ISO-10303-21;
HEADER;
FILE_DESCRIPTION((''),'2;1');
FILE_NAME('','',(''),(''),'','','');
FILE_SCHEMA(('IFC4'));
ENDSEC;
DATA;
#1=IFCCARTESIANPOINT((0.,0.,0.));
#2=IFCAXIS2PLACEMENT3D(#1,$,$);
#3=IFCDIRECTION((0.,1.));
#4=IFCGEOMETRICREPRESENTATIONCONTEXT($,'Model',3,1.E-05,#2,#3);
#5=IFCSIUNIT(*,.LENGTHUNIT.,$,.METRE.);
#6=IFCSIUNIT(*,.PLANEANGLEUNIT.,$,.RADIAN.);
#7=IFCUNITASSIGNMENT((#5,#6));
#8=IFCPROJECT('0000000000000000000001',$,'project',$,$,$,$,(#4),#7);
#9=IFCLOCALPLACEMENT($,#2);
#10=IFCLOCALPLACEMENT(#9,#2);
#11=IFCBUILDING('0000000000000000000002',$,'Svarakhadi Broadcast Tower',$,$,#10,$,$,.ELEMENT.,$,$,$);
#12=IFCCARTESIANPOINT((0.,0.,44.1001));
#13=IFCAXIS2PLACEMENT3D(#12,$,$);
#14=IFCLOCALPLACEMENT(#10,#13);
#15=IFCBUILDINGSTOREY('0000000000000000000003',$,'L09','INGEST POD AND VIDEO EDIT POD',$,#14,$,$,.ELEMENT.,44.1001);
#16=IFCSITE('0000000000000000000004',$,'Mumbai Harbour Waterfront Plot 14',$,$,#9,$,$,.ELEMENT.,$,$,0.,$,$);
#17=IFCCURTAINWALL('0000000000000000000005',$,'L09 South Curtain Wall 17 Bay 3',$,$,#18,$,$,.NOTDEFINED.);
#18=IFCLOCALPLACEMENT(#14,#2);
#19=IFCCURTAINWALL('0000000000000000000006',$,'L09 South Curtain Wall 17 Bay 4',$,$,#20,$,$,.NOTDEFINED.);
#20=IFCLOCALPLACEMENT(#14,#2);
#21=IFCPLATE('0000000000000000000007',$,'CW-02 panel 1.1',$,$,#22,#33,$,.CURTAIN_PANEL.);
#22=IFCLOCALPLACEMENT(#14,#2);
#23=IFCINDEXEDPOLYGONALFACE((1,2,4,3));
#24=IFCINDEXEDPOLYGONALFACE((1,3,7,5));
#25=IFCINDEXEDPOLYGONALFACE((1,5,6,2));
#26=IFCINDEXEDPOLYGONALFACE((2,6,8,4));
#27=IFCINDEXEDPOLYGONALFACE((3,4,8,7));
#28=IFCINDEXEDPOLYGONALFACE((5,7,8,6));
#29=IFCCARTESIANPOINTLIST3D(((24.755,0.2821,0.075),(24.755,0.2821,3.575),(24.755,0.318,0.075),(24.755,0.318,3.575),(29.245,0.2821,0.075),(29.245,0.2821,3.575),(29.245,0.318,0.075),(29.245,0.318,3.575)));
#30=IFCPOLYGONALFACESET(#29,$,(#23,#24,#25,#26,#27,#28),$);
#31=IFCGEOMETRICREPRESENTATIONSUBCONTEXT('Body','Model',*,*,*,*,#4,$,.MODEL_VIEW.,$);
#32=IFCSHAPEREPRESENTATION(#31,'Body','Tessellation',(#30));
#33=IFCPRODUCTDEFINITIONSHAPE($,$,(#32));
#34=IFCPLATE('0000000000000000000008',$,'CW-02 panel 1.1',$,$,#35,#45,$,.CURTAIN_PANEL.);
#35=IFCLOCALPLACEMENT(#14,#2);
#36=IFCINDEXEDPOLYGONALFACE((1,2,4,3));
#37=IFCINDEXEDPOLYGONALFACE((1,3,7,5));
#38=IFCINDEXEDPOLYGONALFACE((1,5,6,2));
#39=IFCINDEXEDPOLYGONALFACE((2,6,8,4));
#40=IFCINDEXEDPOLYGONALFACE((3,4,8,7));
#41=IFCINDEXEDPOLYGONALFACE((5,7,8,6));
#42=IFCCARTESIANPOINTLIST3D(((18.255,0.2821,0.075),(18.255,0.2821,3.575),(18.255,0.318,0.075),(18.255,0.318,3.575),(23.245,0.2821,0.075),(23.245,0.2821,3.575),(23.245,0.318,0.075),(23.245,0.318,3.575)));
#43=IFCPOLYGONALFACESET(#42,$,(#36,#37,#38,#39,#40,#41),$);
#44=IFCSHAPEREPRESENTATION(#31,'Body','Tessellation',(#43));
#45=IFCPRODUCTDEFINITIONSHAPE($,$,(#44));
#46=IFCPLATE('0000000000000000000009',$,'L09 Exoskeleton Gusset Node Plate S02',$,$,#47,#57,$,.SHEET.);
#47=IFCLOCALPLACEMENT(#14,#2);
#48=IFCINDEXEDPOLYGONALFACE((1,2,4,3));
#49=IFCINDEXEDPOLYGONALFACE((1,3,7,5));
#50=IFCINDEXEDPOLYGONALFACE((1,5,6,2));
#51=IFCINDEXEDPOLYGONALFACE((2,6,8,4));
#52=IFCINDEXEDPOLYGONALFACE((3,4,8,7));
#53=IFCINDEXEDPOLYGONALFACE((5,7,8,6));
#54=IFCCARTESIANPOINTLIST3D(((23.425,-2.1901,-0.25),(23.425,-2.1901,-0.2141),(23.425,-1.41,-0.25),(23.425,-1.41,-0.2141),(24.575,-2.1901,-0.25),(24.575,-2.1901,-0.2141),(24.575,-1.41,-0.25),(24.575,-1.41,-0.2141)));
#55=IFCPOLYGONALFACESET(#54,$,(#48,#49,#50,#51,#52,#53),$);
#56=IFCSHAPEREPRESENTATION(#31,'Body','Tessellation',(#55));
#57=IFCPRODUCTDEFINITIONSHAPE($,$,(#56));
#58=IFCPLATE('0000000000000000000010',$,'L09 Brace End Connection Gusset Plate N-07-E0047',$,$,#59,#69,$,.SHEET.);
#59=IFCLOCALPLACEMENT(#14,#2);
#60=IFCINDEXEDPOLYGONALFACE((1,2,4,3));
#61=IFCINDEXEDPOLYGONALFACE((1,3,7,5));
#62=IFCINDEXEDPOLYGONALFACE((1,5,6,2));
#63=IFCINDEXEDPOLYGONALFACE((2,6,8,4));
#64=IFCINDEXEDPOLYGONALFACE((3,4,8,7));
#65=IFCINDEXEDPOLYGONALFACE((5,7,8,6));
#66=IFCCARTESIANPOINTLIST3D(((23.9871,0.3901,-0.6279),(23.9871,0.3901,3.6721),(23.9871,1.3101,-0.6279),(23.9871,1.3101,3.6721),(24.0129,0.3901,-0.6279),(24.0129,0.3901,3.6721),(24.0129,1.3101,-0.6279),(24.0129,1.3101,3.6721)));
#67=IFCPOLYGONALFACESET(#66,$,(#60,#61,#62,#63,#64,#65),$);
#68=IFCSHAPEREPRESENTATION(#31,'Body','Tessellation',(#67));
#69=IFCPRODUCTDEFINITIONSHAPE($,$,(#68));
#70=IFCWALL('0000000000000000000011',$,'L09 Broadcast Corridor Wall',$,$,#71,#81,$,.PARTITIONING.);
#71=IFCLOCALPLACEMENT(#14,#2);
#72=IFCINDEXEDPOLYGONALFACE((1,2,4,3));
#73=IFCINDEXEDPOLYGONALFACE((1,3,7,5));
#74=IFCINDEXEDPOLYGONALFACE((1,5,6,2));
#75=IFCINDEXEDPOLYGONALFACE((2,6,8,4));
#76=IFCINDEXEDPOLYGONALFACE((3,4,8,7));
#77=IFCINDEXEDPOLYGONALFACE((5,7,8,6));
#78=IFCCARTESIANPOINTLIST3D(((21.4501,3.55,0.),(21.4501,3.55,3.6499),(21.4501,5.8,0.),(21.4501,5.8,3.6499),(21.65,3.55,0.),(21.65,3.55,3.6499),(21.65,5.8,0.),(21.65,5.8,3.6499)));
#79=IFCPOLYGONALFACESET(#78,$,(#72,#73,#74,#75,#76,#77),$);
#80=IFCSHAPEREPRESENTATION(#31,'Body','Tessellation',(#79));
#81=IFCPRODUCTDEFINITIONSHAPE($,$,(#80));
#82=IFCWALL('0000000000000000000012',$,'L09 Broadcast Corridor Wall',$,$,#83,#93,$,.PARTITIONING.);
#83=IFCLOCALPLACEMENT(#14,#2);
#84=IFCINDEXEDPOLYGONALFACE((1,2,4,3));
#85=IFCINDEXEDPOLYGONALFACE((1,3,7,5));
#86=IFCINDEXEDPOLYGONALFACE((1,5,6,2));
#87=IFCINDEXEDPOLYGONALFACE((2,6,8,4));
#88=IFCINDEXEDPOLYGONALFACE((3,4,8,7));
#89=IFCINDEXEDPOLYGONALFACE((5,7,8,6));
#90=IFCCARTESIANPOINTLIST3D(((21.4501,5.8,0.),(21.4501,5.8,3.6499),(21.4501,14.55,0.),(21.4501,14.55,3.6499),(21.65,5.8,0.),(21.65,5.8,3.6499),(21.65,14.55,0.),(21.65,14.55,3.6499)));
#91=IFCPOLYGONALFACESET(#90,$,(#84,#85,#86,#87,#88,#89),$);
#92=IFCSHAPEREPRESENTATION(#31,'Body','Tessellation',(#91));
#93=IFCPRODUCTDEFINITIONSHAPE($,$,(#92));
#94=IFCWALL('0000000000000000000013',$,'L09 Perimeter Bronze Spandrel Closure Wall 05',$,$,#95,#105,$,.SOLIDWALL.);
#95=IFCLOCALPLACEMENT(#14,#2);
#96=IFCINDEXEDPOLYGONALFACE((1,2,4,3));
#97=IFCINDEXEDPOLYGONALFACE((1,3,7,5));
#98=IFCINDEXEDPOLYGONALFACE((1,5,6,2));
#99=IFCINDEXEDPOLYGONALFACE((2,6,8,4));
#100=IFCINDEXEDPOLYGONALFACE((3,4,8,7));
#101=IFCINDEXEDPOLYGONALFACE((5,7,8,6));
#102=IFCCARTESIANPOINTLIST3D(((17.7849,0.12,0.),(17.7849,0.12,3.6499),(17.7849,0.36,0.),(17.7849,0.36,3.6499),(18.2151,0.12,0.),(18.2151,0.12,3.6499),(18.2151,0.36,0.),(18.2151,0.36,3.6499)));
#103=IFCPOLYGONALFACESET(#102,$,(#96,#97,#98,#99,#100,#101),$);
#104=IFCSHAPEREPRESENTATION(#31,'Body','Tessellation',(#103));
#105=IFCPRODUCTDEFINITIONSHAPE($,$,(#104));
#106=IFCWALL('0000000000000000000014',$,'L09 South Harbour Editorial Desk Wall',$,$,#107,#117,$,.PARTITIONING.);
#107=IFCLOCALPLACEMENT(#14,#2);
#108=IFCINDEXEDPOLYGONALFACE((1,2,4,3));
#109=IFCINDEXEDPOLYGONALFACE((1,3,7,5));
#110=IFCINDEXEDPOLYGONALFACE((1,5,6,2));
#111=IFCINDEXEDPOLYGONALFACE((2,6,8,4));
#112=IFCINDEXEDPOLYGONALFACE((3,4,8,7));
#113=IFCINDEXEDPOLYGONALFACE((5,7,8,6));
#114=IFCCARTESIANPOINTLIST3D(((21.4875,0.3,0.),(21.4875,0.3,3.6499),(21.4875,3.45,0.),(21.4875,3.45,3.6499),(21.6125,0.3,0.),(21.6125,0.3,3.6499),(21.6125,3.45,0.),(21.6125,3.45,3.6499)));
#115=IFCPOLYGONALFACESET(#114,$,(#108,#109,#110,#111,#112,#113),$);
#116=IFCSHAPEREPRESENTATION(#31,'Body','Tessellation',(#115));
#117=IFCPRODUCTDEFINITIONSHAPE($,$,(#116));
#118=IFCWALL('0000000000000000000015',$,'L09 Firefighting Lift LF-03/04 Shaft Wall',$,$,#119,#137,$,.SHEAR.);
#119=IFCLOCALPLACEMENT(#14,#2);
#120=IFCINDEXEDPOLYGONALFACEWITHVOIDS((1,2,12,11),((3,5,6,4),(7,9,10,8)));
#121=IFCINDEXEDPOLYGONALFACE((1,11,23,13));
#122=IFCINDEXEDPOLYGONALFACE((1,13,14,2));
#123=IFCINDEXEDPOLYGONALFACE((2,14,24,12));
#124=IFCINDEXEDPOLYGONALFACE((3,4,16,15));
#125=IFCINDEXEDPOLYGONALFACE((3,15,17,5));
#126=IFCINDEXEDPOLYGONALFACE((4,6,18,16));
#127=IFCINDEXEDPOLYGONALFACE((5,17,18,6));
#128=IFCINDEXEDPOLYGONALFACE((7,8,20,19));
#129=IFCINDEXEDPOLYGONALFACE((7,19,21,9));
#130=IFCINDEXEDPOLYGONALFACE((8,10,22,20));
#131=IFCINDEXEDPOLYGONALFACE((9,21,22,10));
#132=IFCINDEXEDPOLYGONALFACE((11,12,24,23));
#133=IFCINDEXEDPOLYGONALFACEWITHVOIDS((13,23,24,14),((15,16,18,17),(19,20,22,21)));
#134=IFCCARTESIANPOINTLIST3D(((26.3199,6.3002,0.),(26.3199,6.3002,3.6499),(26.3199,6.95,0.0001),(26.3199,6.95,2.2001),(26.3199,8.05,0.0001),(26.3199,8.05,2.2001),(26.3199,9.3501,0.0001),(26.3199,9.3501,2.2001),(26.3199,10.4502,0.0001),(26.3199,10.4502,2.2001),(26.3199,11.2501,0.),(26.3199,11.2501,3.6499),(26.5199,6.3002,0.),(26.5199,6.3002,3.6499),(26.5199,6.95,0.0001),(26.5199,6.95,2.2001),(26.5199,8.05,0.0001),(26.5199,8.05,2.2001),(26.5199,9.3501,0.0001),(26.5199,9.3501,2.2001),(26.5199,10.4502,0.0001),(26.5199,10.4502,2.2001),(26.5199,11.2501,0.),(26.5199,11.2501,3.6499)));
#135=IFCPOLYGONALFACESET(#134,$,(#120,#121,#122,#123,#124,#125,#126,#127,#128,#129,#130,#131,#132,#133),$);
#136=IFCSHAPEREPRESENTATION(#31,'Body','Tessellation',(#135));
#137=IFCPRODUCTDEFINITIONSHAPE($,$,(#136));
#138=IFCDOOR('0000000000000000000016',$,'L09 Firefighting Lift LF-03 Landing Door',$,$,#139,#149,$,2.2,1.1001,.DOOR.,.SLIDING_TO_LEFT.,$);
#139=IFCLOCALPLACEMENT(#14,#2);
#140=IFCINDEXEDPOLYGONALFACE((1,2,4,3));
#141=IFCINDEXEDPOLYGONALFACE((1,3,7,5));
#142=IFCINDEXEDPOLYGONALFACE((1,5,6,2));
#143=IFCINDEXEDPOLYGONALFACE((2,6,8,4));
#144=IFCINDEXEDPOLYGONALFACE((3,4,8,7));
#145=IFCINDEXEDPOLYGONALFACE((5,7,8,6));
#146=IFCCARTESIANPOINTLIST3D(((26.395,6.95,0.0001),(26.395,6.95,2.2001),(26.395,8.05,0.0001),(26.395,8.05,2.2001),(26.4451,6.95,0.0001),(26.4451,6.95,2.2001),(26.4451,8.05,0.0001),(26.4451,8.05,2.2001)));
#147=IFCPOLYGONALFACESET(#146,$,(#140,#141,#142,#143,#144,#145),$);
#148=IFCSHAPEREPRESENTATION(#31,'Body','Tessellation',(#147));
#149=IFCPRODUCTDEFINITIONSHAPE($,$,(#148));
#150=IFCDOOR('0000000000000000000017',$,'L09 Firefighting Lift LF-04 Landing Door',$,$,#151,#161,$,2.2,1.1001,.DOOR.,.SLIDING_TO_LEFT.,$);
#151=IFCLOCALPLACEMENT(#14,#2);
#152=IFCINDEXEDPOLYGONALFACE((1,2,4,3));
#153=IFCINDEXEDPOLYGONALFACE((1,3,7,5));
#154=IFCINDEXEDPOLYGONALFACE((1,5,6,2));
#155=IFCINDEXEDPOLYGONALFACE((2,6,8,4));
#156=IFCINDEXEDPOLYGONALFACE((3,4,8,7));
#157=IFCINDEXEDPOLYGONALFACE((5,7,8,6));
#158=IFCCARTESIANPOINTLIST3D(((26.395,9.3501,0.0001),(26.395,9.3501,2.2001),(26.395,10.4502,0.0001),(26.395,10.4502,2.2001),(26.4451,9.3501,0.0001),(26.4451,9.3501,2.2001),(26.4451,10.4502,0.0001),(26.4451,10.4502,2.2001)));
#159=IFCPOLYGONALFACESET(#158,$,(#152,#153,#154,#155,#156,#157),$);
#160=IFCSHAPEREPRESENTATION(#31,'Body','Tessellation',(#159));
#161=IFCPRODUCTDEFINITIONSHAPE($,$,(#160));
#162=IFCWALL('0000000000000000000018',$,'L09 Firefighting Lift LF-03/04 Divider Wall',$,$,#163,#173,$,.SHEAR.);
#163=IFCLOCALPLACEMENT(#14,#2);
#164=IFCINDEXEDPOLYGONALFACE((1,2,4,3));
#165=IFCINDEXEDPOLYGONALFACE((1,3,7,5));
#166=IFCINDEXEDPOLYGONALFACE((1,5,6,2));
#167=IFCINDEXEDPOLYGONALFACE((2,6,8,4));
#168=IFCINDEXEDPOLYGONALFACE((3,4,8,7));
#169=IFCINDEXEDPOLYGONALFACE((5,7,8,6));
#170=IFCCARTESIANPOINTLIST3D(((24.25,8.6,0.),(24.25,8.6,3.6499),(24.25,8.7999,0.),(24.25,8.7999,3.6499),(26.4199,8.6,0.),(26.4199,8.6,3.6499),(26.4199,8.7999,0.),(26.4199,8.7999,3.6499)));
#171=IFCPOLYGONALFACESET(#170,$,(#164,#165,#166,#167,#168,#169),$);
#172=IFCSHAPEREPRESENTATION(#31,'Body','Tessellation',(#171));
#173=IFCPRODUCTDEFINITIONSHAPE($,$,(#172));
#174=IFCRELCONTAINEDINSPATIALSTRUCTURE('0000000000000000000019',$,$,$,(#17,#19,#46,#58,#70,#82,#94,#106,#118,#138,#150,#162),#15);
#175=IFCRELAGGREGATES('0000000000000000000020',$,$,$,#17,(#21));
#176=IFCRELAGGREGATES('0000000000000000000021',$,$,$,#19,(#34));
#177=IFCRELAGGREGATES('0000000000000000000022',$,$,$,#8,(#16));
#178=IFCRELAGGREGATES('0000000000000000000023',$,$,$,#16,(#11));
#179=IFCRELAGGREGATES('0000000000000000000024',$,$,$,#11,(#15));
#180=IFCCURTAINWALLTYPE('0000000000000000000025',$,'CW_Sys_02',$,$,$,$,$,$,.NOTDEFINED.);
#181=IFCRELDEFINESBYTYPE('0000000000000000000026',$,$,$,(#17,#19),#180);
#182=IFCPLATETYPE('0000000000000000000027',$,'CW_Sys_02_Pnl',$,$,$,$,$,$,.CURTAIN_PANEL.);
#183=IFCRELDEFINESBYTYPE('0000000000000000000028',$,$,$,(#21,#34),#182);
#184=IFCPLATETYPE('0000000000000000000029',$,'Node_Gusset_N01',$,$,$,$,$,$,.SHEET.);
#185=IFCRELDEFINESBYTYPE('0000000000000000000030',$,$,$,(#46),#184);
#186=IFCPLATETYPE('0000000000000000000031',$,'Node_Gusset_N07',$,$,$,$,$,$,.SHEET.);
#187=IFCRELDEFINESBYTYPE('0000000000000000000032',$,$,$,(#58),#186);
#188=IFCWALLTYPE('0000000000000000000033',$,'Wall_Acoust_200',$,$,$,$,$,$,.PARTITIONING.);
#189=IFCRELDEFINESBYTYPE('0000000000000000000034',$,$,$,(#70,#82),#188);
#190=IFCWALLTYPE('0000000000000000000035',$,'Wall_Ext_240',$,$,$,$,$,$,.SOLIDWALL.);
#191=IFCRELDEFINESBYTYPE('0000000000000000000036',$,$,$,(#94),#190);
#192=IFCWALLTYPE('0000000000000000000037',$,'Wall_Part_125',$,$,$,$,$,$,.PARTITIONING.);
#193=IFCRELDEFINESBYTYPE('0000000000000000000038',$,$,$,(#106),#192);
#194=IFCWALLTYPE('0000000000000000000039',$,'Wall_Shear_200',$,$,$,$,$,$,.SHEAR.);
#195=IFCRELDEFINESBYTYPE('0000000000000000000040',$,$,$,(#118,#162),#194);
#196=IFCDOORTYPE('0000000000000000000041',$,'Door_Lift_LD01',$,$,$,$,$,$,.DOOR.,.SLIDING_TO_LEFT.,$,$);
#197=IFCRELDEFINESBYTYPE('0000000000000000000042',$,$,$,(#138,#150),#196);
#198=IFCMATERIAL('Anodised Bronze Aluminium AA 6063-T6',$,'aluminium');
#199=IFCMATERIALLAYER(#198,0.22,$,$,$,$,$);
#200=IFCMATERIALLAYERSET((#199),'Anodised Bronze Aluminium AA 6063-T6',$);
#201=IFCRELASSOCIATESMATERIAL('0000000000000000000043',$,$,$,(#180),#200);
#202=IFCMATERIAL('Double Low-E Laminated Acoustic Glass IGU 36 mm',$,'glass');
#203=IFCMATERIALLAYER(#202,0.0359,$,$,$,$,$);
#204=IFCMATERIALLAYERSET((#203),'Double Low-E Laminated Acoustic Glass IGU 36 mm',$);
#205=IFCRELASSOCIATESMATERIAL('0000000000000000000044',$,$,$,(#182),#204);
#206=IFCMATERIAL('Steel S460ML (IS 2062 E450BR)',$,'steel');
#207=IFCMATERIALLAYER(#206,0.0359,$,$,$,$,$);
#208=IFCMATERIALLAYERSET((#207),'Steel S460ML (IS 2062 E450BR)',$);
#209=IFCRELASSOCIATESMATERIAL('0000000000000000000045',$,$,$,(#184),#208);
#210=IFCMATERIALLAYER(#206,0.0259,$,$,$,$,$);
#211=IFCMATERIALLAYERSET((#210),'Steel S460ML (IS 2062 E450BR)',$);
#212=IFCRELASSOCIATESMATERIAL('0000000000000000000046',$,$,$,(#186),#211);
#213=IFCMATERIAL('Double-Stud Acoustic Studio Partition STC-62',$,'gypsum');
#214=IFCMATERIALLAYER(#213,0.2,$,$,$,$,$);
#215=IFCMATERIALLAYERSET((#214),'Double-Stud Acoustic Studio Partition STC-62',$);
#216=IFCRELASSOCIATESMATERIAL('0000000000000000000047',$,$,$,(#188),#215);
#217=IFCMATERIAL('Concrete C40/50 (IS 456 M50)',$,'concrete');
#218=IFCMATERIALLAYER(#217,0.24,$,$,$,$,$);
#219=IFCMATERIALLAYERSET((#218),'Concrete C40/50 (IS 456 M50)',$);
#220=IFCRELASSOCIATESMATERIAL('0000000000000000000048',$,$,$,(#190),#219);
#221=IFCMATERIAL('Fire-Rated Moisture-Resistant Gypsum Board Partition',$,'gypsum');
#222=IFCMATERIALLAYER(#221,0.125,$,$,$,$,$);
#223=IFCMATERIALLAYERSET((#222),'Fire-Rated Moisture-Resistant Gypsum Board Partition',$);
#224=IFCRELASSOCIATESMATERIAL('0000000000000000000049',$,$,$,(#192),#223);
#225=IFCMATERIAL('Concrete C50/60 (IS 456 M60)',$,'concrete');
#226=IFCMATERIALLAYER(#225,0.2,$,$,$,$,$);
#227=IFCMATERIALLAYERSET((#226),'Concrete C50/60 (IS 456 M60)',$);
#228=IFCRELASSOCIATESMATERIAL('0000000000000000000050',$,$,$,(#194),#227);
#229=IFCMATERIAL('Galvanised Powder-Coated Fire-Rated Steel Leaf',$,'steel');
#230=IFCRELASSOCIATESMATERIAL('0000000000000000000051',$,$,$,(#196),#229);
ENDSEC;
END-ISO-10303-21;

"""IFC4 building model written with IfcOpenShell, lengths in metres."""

from ifc_helpers import new_model, si_unit, direction, frame, frame_2d, origin, origin_2d, place, context, subcontext, project, spatial, rectangle, extrude, material, layer, layer_set, type_object, element, fill, aggregate, save


model = new_model("IFC4")

# Units and contexts
model_context = context("Model", 3, precision=1e-05, world=origin(), true_north=direction((0.0, 1.0)))
body_context = subcontext(model_context, "Body", "Model", "MODEL_VIEW")
ifc_project = project(units=[si_unit("LENGTHUNIT", "METRE"), si_unit("PLANEANGLEUNIT", "RADIAN")], contexts=[model_context])

# Site, building, storey
site_placement = place(None, origin())
site = spatial("IfcSite", under=ifc_project, at=site_placement, Name="Mumbai Harbour Waterfront Plot 14", CompositionType="ELEMENT", RefElevation=0.0)
building_placement = place(site_placement, origin())
building = spatial("IfcBuilding", under=site, at=building_placement, Name="Svarakhadi Broadcast Tower", CompositionType="ELEMENT")
storey_placement = place(building_placement, frame((0.0, 0.0, 44.1001)))
storey = spatial("IfcBuildingStorey", under=building, at=storey_placement, Name="L09", Description="INGEST POD AND VIDEO EDIT POD", CompositionType="ELEMENT", Elevation=44.1001)

# Curtain wall
ifc_material_1 = material(Name="Anodised Bronze Aluminium AA 6063-T6", Category="aluminium")
ifc_layer_1 = layer(ifc_material_1, 0.22)
ifc_layer_set_1 = layer_set([ifc_layer_1], Name="Anodised Bronze Aluminium AA 6063-T6")
curtain_wall_type = type_object("IfcCurtainWallType", Name="CW_Sys_02", PredefinedType="NOTDEFINED", material=ifc_layer_set_1)
curtain_wall_1_placement = place(storey_placement, origin())
curtain_wall_1 = element("IfcCurtainWall", 1, at=curtain_wall_1_placement, inside=storey, type_object=curtain_wall_type, Name="L09 South Curtain Wall 17 Bay 3", PredefinedType="NOTDEFINED")

# Curtain wall
curtain_wall_2_placement = place(storey_placement, origin())
curtain_wall_2 = element("IfcCurtainWall", 2, at=curtain_wall_2_placement, inside=storey, type_object=curtain_wall_type, Name="L09 South Curtain Wall 17 Bay 4", PredefinedType="NOTDEFINED")

# Shared definitions
ifc_material_2 = material(Name="Steel S460ML (IS 2062 E450BR)", Category="steel")

# Plates
ifc_material_3 = material(Name="Double Low-E Laminated Acoustic Glass IGU 36 mm", Category="glass")
ifc_layer_2 = layer(ifc_material_3, 0.0359)
ifc_layer_set_2 = layer_set([ifc_layer_2], Name="Double Low-E Laminated Acoustic Glass IGU 36 mm")
plate_type_1 = type_object("IfcPlateType", Name="CW_Sys_02_Pnl", PredefinedType="CURTAIN_PANEL", material=ifc_layer_set_2)
plate_1_placement = place(storey_placement, frame((27.0, 0.3, 0.075), z_axis=(0.0, 0.0, 1.0), x_axis=(-1.0, 0.0, 0.0)))
plate_1 = element("IfcPlate", 3, at=plate_1_placement, type_object=plate_type_1, Name="CW-02 panel 1.1", PredefinedType="CURTAIN_PANEL", context=body_context, shape_type="SweptSolid", body=[
    extrude(rectangle(XDim=4.49, YDim=0.0359, at=origin_2d()), origin(), (0.0, 0.0, 1.0), 3.5),
])
aggregate(curtain_wall_1, [plate_1])
plate_2_placement = place(storey_placement, frame((20.75, 0.3, 0.075), z_axis=(0.0, 0.0, 1.0), x_axis=(-1.0, 0.0, 0.0)))
plate_2 = element("IfcPlate", 4, at=plate_2_placement, type_object=plate_type_1, Name="CW-02 panel 1.1", PredefinedType="CURTAIN_PANEL", context=body_context, shape_type="SweptSolid", body=[
    extrude(rectangle(XDim=4.99, YDim=0.0359, at=origin_2d()), origin(), (0.0, 0.0, 1.0), 3.5),
])
aggregate(curtain_wall_2, [plate_2])

# Plates
ifc_layer_3 = layer(ifc_material_2, 0.0359)
ifc_layer_set_3 = layer_set([ifc_layer_3], Name="Steel S460ML (IS 2062 E450BR)")
plate_type_2 = type_object("IfcPlateType", Name="Node_Gusset_N01", PredefinedType="SHEET", material=ifc_layer_set_3)
plate_3_placement = place(storey_placement, frame((24.0, -1.8, -0.25), z_axis=(0.0, 0.0, 1.0), x_axis=(1.0, 0.0, 0.0)))
element("IfcPlate", 5, at=plate_3_placement, inside=storey, type_object=plate_type_2, Name="L09 Exoskeleton Gusset Node Plate S02", PredefinedType="SHEET", context=body_context, shape_type="SweptSolid", body=[
    extrude(rectangle(XDim=1.1499, YDim=0.78, at=origin_2d()), origin(), (0.0, 0.0, 1.0), 0.0359),
])
ifc_layer_4 = layer(ifc_material_2, 0.0259)
ifc_layer_set_4 = layer_set([ifc_layer_4], Name="Steel S460ML (IS 2062 E450BR)")
plate_type_3 = type_object("IfcPlateType", Name="Node_Gusset_N07", PredefinedType="SHEET", material=ifc_layer_set_4)
plate_4_placement = place(storey_placement, frame((24.0, 0.8501, -0.6279), z_axis=(0.0, 0.0, 1.0), x_axis=(0.0, 1.0, 0.0)))
element("IfcPlate", 6, at=plate_4_placement, inside=storey, type_object=plate_type_3, Name="L09 Brace End Connection Gusset Plate N-07-E0047", PredefinedType="SHEET", context=body_context, shape_type="SweptSolid", body=[
    extrude(rectangle(XDim=0.9199, YDim=0.0259, at=origin_2d()), origin(), (0.0, 0.0, 1.0), 4.3),
])

# Walls
ifc_material_4 = material(Name="Double-Stud Acoustic Studio Partition STC-62", Category="gypsum")
ifc_layer_5 = layer(ifc_material_4, 0.2)
ifc_layer_set_5 = layer_set([ifc_layer_5], Name="Double-Stud Acoustic Studio Partition STC-62")
wall_type_1 = type_object("IfcWallType", Name="Wall_Acoust_200", PredefinedType="PARTITIONING", material=ifc_layer_set_5)
wall_1_placement = place(storey_placement, frame((21.55, 3.55, 0.0), z_axis=(0.0, 0.0, 1.0), x_axis=(0.0, 1.0, 0.0)))
element("IfcWall", 7, at=wall_1_placement, inside=storey, type_object=wall_type_1, Name="L09 Broadcast Corridor Wall", PredefinedType="PARTITIONING", context=body_context, shape_type="SweptSolid", body=[
    extrude(rectangle(XDim=2.25, YDim=0.2, at=frame_2d((1.125, 0.0))), origin(), (0.0, 0.0, 1.0), 3.6499),
])
wall_2_placement = place(storey_placement, frame((21.55, 5.8, 0.0), z_axis=(0.0, 0.0, 1.0), x_axis=(0.0, 1.0, 0.0)))
element("IfcWall", 8, at=wall_2_placement, inside=storey, type_object=wall_type_1, Name="L09 Broadcast Corridor Wall", PredefinedType="PARTITIONING", context=body_context, shape_type="SweptSolid", body=[
    extrude(rectangle(XDim=8.75, YDim=0.2, at=frame_2d((4.375, 0.0))), origin(), (0.0, 0.0, 1.0), 3.6499),
])
ifc_material_5 = material(Name="Concrete C40/50 (IS 456 M50)", Category="concrete")
ifc_layer_6 = layer(ifc_material_5, 0.24)
ifc_layer_set_6 = layer_set([ifc_layer_6], Name="Concrete C40/50 (IS 456 M50)")
wall_type_2 = type_object("IfcWallType", Name="Wall_Ext_240", PredefinedType="SOLIDWALL", material=ifc_layer_set_6)
wall_3_placement = place(storey_placement, frame((18.2151, 0.24, 0.0), z_axis=(0.0, 0.0, 1.0), x_axis=(-1.0, 0.0, 0.0)))
element("IfcWall", 9, at=wall_3_placement, inside=storey, type_object=wall_type_2, Name="L09 Perimeter Bronze Spandrel Closure Wall 05", PredefinedType="SOLIDWALL", context=body_context, shape_type="SweptSolid", body=[
    extrude(rectangle(XDim=0.4302, YDim=0.24, at=frame_2d((0.2151, 0.0))), origin(), (0.0, 0.0, 1.0), 3.6499),
])
ifc_material_6 = material(Name="Fire-Rated Moisture-Resistant Gypsum Board Partition", Category="gypsum")
ifc_layer_7 = layer(ifc_material_6, 0.125)
ifc_layer_set_7 = layer_set([ifc_layer_7], Name="Fire-Rated Moisture-Resistant Gypsum Board Partition")
wall_type_3 = type_object("IfcWallType", Name="Wall_Part_125", PredefinedType="PARTITIONING", material=ifc_layer_set_7)
wall_4_placement = place(storey_placement, frame((21.55, 0.3, 0.0), z_axis=(0.0, 0.0, 1.0), x_axis=(0.0, 1.0, 0.0)))
element("IfcWall", 10, at=wall_4_placement, inside=storey, type_object=wall_type_3, Name="L09 South Harbour Editorial Desk Wall", PredefinedType="PARTITIONING", context=body_context, shape_type="SweptSolid", body=[
    extrude(rectangle(XDim=3.1499, YDim=0.125, at=frame_2d((1.575, 0.0))), origin(), (0.0, 0.0, 1.0), 3.6499),
])

# Wall, openings, doors
ifc_material_7 = material(Name="Concrete C50/60 (IS 456 M60)", Category="concrete")
ifc_layer_8 = layer(ifc_material_7, 0.2)
ifc_layer_set_8 = layer_set([ifc_layer_8], Name="Concrete C50/60 (IS 456 M60)")
wall_type_4 = type_object("IfcWallType", Name="Wall_Shear_200", PredefinedType="SHEAR", material=ifc_layer_set_8)
wall_5_placement = place(storey_placement, frame((26.4199, 6.3, 0.0), z_axis=(0.0, 0.0, 1.0), x_axis=(0.0, 1.0, 0.0)))
wall_5 = element("IfcWall", 11, at=wall_5_placement, inside=storey, type_object=wall_type_4, Name="L09 Firefighting Lift LF-03/04 Shaft Wall", PredefinedType="SHEAR", context=body_context, shape_type="SweptSolid", body=[
    extrude(rectangle(XDim=4.95, YDim=0.2, at=frame_2d((2.4751, 0.0))), origin(), (0.0, 0.0, 1.0), 3.6499),
])
opening_1_placement = place(wall_5_placement, frame((0.6499, 0.0, 0.0)))
opening_1 = element("IfcOpeningElement", 12, at=opening_1_placement, cuts=wall_5, PredefinedType="OPENING", context=body_context, shape_type="SweptSolid", body=[
    extrude(rectangle(XDim=1.1001, YDim=2.2, at=frame_2d((0.55, 1.1001))), frame((0.0, 0.1099, 0.0), z_axis=(0.0, -1.0, 0.0), x_axis=(1.0, 0.0, 0.0)), (0.0, 0.0, 1.0), 0.22),
])
opening_2_placement = place(wall_5_placement, frame((3.05, 0.0, 0.0)))
opening_2 = element("IfcOpeningElement", 13, at=opening_2_placement, cuts=wall_5, PredefinedType="OPENING", context=body_context, shape_type="SweptSolid", body=[
    extrude(rectangle(XDim=1.1001, YDim=2.2, at=frame_2d((0.55, 1.1001))), frame((0.0, 0.1099, 0.0), z_axis=(0.0, -1.0, 0.0), x_axis=(1.0, 0.0, 0.0)), (0.0, 0.0, 1.0), 0.22),
])
ifc_material_8 = material(Name="Galvanised Powder-Coated Fire-Rated Steel Leaf", Category="steel")
door_type_1 = type_object("IfcDoorType", Name="Door_Lift_LD01", OperationType="SLIDING_TO_LEFT", PredefinedType="DOOR", material=ifc_material_8)
door_1_placement = place(opening_1_placement, origin())
door_1 = element("IfcDoor", 14, at=door_1_placement, inside=storey, type_object=door_type_1, Name="L09 Firefighting Lift LF-03 Landing Door", OperationType="SLIDING_TO_LEFT", OverallHeight=2.2, OverallWidth=1.1001, PredefinedType="DOOR", context=body_context, shape_type="SweptSolid", body=[
    extrude(rectangle(XDim=1.1001, YDim=2.2, at=frame_2d((0.55, 1.1001))), frame((0.0, 0.0249, 0.0), z_axis=(0.0, -1.0, 0.0), x_axis=(1.0, 0.0, 0.0)), (0.0, 0.0, 1.0), 0.05),
])
fill(opening_1, door_1)
door_2_placement = place(opening_2_placement, origin())
door_2 = element("IfcDoor", 15, at=door_2_placement, inside=storey, type_object=door_type_1, Name="L09 Firefighting Lift LF-04 Landing Door", OperationType="SLIDING_TO_LEFT", OverallHeight=2.2, OverallWidth=1.1001, PredefinedType="DOOR", context=body_context, shape_type="SweptSolid", body=[
    extrude(rectangle(XDim=1.1001, YDim=2.2, at=frame_2d((0.55, 1.1001))), frame((0.0, 0.0249, 0.0), z_axis=(0.0, -1.0, 0.0), x_axis=(1.0, 0.0, 0.0)), (0.0, 0.0, 1.0), 0.05),
])
fill(opening_2, door_2)

# Wall
for number, where, z_axis, x_axis, name in (
    (16, (24.25, 8.7, 0.0), (0.0, 0.0, 1.0), (1.0, 0.0, 0.0), "L09 Firefighting Lift LF-03/04 Divider Wall"),
):
    element("IfcWall", number, at=place(storey_placement, frame(where, z_axis=z_axis, x_axis=x_axis)), inside=storey, type_object=wall_type_4, Name=name, PredefinedType="SHEAR", context=body_context, shape_type="SweptSolid", body=[
        extrude(rectangle(XDim=2.1699, YDim=0.2, at=frame_2d((1.085, 0.0))), origin(), (0.0, 0.0, 1.0), 3.6499),
    ])

save(model, "model.ifc")
